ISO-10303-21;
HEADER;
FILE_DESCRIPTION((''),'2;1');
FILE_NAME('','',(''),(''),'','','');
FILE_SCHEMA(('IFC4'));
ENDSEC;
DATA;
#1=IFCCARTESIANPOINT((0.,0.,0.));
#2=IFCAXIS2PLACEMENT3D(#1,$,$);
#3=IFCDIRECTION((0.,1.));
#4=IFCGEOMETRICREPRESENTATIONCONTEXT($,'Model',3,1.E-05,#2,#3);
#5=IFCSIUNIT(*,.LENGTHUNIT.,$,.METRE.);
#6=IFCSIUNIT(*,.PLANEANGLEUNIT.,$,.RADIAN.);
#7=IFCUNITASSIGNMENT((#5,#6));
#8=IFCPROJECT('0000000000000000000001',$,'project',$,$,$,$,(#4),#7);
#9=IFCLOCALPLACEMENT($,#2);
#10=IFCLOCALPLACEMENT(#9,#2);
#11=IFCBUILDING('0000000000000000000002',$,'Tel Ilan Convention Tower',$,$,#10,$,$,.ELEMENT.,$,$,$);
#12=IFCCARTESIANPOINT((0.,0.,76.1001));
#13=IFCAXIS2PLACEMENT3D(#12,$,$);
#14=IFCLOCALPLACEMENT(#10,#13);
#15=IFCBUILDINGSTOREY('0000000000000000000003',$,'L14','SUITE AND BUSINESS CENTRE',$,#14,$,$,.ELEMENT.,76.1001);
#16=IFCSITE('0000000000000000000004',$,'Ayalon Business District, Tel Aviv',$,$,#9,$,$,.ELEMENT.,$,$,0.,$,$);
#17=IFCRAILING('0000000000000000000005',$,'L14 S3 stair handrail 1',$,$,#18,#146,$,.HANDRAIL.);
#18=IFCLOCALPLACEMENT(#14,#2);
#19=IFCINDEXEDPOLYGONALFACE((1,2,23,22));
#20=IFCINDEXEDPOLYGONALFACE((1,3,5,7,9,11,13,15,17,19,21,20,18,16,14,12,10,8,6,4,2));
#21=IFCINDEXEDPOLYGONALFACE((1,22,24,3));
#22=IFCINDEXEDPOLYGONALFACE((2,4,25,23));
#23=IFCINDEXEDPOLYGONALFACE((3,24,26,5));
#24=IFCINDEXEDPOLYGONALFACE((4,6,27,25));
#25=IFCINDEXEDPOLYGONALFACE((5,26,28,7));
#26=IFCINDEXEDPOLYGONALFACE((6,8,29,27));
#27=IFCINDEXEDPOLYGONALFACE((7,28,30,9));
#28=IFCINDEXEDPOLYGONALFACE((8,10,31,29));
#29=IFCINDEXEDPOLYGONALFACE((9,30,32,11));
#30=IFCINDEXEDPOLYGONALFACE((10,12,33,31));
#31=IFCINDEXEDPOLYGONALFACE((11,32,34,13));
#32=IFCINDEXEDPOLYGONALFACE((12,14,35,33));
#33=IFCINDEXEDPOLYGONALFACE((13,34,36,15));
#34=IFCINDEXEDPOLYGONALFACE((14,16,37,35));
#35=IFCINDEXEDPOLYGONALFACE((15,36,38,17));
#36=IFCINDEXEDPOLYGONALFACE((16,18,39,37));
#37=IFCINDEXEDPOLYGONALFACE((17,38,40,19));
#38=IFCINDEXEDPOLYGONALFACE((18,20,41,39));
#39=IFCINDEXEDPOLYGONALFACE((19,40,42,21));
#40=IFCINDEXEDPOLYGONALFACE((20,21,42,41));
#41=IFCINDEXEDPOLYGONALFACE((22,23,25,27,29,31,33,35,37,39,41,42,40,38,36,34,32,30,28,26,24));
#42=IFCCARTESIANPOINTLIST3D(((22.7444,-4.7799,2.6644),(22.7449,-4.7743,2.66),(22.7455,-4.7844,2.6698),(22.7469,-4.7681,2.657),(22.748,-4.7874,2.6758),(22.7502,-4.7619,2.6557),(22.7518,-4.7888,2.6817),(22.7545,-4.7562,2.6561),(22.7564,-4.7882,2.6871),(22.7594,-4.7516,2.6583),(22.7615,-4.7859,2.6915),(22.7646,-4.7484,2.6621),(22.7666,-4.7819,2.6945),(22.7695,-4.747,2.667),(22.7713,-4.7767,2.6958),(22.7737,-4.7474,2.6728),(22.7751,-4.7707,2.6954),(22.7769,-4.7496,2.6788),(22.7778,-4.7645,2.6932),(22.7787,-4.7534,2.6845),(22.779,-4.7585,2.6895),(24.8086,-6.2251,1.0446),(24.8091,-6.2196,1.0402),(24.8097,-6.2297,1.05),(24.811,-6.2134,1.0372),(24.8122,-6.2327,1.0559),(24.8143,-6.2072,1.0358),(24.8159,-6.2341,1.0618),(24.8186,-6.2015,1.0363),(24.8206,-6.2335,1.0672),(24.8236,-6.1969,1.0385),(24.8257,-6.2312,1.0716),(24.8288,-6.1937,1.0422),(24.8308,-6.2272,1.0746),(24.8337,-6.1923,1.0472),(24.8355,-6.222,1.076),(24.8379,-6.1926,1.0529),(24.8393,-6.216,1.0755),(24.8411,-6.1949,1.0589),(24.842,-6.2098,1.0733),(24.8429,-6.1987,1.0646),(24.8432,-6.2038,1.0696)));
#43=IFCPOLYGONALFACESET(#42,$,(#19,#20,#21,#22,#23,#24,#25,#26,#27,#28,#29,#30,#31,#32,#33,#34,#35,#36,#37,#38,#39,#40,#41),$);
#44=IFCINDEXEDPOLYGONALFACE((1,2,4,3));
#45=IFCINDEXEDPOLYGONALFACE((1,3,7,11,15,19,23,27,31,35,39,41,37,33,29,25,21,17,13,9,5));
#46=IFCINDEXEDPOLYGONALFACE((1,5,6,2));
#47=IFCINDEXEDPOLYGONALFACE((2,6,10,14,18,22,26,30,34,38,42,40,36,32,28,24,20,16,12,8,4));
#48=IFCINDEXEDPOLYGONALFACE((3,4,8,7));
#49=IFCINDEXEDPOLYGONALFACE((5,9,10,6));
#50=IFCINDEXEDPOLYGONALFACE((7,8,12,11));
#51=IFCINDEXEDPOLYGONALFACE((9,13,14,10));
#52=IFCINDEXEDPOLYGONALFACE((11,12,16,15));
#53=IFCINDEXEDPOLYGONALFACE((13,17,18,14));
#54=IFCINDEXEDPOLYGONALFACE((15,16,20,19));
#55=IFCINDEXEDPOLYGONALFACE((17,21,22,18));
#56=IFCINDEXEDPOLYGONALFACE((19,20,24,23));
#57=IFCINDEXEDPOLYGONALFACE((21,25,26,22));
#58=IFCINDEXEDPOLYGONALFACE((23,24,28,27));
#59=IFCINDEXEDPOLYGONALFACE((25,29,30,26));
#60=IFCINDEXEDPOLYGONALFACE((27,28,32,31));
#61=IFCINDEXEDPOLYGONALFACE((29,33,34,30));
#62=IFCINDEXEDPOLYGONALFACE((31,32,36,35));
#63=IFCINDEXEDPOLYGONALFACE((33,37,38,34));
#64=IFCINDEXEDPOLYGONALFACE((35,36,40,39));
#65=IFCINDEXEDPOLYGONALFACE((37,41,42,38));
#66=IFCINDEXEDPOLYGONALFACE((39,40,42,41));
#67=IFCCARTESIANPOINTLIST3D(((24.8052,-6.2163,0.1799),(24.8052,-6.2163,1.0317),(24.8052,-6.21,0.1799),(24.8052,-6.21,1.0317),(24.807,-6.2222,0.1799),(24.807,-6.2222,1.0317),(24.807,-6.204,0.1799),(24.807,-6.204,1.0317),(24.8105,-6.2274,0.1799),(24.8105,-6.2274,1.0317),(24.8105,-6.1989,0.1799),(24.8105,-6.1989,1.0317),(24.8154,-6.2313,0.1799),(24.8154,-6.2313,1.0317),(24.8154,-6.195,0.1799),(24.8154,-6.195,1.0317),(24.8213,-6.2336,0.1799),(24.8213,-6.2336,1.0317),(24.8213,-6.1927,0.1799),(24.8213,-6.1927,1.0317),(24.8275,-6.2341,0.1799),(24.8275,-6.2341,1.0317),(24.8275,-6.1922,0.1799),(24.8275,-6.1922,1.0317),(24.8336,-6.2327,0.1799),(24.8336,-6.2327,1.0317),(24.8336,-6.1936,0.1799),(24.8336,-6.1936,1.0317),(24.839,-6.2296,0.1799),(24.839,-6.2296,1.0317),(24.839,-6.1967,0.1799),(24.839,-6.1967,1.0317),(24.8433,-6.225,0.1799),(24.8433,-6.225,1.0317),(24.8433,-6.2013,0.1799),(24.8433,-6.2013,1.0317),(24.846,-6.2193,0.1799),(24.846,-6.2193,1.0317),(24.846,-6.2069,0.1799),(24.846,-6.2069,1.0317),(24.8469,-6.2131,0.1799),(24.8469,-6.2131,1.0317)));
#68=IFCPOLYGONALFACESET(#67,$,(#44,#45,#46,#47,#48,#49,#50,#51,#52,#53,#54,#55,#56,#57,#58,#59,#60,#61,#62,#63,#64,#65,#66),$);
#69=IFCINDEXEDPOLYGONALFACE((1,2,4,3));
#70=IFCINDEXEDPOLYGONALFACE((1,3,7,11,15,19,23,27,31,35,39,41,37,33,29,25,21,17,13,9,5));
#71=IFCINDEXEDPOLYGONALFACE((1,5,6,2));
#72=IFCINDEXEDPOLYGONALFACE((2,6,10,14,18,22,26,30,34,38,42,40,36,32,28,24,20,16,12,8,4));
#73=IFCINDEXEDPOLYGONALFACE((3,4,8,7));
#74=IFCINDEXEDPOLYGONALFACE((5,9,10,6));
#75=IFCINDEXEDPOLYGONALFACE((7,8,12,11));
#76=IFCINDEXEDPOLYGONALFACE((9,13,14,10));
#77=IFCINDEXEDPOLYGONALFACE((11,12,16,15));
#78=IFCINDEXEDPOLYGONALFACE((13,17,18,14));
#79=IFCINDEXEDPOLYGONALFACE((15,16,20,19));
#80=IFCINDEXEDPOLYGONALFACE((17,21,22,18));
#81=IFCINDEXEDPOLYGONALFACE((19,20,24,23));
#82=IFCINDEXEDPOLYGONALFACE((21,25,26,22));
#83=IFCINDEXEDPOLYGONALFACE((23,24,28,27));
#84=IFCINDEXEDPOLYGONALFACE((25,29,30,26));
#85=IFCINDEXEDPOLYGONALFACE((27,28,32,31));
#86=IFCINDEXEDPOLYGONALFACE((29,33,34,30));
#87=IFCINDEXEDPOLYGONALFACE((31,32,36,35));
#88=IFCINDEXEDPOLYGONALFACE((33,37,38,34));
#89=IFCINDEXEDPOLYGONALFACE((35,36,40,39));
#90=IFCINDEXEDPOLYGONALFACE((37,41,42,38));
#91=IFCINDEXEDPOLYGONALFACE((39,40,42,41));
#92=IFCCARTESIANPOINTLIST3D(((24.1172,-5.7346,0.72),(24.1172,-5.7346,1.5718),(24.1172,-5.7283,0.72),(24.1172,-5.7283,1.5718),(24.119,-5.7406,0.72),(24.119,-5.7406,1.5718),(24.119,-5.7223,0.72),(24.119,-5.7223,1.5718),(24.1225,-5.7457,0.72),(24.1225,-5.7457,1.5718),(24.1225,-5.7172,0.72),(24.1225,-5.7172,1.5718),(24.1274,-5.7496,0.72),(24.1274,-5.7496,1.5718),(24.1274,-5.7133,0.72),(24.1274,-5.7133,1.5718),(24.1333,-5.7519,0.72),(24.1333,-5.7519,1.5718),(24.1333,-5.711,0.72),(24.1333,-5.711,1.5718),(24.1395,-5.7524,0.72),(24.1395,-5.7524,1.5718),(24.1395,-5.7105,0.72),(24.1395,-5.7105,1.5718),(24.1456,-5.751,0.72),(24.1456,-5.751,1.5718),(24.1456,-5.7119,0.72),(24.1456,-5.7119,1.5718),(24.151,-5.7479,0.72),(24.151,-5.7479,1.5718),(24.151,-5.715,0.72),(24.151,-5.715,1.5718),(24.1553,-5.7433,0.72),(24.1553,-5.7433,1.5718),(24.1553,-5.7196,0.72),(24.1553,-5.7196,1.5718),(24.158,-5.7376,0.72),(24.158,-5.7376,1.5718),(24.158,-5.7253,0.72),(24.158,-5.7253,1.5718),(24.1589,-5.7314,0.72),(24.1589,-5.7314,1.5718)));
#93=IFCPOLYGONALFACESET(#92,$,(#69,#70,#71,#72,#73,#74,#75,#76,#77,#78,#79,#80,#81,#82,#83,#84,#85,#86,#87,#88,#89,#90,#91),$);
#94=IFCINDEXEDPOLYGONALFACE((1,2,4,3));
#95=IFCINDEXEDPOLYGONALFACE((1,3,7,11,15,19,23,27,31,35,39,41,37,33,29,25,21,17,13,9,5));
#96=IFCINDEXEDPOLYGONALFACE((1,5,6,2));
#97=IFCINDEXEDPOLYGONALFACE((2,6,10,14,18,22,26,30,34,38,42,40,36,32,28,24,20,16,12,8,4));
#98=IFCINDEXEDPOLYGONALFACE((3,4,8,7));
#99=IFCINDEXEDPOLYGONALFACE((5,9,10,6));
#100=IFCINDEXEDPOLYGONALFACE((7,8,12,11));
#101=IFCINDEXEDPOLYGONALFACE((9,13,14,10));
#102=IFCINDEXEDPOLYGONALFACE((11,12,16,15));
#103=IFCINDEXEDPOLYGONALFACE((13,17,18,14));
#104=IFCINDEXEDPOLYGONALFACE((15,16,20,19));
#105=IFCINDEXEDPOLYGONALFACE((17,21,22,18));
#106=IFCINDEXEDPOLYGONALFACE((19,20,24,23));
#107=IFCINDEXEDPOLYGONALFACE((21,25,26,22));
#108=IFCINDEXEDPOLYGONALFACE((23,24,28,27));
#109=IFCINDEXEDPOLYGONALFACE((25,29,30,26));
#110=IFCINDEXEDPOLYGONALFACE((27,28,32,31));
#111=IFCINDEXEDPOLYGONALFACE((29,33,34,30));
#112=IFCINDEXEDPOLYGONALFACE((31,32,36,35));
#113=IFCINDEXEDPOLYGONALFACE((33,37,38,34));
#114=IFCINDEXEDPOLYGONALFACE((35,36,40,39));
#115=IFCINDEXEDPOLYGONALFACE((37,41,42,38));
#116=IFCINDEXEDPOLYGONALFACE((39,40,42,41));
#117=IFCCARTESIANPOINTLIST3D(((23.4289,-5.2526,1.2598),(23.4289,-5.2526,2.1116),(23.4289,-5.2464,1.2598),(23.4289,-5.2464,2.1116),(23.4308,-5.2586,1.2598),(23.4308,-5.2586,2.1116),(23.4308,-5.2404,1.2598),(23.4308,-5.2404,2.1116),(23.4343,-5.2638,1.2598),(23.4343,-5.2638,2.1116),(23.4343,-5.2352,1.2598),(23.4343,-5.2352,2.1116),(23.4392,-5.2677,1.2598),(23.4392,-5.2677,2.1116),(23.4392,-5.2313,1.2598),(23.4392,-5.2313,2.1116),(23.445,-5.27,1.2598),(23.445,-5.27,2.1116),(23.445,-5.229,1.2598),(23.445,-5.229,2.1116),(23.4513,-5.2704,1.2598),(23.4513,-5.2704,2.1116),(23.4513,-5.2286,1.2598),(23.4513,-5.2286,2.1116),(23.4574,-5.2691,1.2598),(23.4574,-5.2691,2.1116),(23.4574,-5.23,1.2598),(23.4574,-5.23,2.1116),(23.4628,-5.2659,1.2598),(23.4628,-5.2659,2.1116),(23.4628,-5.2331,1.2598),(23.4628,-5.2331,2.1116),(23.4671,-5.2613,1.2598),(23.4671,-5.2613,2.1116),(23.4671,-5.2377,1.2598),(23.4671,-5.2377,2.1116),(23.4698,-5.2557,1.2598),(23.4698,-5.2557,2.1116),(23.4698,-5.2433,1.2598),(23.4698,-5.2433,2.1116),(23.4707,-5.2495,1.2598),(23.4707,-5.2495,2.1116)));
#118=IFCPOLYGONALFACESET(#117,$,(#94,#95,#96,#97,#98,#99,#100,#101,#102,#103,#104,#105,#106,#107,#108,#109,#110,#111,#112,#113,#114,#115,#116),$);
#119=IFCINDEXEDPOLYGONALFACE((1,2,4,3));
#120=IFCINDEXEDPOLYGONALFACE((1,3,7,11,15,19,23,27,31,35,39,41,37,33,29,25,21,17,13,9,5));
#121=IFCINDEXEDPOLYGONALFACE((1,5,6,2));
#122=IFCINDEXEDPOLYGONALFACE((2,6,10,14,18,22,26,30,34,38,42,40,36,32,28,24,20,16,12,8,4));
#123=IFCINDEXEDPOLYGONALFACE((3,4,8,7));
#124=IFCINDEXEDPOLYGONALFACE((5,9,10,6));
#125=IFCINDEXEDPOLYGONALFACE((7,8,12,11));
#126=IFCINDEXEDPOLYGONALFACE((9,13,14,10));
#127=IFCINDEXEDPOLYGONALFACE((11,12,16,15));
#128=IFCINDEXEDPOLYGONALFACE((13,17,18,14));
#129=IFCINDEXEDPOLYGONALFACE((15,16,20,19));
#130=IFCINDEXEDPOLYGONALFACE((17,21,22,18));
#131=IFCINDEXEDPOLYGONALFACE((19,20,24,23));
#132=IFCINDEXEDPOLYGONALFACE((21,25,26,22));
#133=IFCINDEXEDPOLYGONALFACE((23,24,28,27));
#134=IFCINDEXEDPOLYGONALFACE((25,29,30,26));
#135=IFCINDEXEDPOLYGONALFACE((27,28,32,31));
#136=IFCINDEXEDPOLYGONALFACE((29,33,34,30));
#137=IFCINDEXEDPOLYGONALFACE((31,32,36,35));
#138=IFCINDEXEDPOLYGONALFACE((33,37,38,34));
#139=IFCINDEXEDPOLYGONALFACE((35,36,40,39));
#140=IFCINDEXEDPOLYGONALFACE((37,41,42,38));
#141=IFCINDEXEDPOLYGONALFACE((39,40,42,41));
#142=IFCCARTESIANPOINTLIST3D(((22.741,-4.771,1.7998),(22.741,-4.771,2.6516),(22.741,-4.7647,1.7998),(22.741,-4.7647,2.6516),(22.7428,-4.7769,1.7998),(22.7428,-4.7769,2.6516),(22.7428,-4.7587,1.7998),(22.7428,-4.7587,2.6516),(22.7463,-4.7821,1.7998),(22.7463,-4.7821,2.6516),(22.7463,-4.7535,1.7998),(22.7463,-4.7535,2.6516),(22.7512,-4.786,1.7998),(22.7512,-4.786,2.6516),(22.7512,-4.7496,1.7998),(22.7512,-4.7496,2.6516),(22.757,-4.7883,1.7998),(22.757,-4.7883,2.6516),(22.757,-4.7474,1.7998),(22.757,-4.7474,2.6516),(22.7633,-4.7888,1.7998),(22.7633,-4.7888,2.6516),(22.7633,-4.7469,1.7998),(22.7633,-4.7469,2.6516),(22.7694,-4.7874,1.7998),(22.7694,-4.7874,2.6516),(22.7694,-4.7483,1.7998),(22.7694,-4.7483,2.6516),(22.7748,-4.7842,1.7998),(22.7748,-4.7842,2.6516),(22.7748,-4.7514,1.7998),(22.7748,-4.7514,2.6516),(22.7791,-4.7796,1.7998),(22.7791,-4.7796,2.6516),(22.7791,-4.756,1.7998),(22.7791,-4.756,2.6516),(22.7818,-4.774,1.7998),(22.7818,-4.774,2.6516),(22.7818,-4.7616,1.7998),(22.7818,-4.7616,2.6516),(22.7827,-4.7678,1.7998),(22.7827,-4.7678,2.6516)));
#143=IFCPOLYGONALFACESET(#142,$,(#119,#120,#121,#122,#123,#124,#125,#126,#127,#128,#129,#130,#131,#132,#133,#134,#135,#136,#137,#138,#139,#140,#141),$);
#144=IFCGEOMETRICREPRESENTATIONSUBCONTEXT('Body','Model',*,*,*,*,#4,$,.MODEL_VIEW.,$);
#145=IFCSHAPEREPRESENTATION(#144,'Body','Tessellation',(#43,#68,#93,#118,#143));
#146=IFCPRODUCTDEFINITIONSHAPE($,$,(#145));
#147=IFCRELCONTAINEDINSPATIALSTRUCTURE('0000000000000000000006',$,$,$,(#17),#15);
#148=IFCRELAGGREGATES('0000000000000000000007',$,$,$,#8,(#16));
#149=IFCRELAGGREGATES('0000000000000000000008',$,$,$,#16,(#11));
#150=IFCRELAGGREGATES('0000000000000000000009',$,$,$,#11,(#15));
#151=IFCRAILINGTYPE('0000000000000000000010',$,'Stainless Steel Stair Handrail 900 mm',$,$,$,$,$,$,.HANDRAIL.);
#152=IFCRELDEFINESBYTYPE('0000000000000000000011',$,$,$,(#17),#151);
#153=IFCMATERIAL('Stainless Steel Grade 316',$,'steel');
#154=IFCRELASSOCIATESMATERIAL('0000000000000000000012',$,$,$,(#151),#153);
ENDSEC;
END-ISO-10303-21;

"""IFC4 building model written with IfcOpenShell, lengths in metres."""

from ifc_helpers import new_model, si_unit, direction, frame, origin, origin_2d, place, context, subcontext, project, spatial, circle, extrude, material, type_object, element, save


model = new_model("IFC4")

# Units and contexts
model_context = context("Model", 3, precision=1e-05, world=origin(), true_north=direction((0.0, 1.0)))
body_context = subcontext(model_context, "Body", "Model", "MODEL_VIEW")
ifc_project = project(units=[si_unit("LENGTHUNIT", "METRE"), si_unit("PLANEANGLEUNIT", "RADIAN")], contexts=[model_context])

# Site, building, storey
site_placement = place(None, origin())
site = spatial("IfcSite", under=ifc_project, at=site_placement, Name="Ayalon Business District, Tel Aviv", CompositionType="ELEMENT", RefElevation=0.0)
building_placement = place(site_placement, origin())
building = spatial("IfcBuilding", under=site, at=building_placement, Name="Tel Ilan Convention Tower", CompositionType="ELEMENT")
storey_placement = place(building_placement, frame((0.0, 0.0, 76.1001)))
storey = spatial("IfcBuildingStorey", under=building, at=storey_placement, Name="L14", Description="SUITE AND BUSINESS CENTRE", CompositionType="ELEMENT", Elevation=76.1001)

# Railing
ifc_material_1 = material(Name="Stainless Steel Grade 316", Category="steel")
railing_type_1 = type_object("IfcRailingType", Name="Stainless Steel Stair Handrail 900 mm", PredefinedType="HANDRAIL", material=ifc_material_1)
railing_1_placement = place(storey_placement, frame((24.8259, -6.2131, 0.1799)))
element("IfcRailing", 1, at=railing_1_placement, inside=storey, type_object=railing_type_1, Name="L14 S3 stair handrail 1", PredefinedType="HANDRAIL", context=body_context, shape_type="SweptSolid", body=[
    extrude(circle(Radius=0.0239, at=origin_2d()), frame((0.0, 0.0, 0.876), z_axis=(-0.68907, 0.482472, 0.540743), x_axis=(-0.57356, -0.819164, 0.0)), (0.0, 0.0, 1.0), 2.9956),
    extrude(circle(Radius=0.021, at=origin_2d()), origin(), (0.0, 0.0, 1.0), 0.8518),
    extrude(circle(Radius=0.021, at=origin_2d()), frame((-0.688, 0.4817, 0.54)), (0.0, 0.0, 1.0), 0.8518),
    extrude(circle(Radius=0.021, at=origin_2d()), frame((-1.3762, 0.9636, 1.0798)), (0.0, 0.0, 1.0), 0.8518),
    extrude(circle(Radius=0.021, at=origin_2d()), frame((-2.0642, 1.4453, 1.6199)), (0.0, 0.0, 1.0), 0.8518),
])

save(model, "model.ifc")
